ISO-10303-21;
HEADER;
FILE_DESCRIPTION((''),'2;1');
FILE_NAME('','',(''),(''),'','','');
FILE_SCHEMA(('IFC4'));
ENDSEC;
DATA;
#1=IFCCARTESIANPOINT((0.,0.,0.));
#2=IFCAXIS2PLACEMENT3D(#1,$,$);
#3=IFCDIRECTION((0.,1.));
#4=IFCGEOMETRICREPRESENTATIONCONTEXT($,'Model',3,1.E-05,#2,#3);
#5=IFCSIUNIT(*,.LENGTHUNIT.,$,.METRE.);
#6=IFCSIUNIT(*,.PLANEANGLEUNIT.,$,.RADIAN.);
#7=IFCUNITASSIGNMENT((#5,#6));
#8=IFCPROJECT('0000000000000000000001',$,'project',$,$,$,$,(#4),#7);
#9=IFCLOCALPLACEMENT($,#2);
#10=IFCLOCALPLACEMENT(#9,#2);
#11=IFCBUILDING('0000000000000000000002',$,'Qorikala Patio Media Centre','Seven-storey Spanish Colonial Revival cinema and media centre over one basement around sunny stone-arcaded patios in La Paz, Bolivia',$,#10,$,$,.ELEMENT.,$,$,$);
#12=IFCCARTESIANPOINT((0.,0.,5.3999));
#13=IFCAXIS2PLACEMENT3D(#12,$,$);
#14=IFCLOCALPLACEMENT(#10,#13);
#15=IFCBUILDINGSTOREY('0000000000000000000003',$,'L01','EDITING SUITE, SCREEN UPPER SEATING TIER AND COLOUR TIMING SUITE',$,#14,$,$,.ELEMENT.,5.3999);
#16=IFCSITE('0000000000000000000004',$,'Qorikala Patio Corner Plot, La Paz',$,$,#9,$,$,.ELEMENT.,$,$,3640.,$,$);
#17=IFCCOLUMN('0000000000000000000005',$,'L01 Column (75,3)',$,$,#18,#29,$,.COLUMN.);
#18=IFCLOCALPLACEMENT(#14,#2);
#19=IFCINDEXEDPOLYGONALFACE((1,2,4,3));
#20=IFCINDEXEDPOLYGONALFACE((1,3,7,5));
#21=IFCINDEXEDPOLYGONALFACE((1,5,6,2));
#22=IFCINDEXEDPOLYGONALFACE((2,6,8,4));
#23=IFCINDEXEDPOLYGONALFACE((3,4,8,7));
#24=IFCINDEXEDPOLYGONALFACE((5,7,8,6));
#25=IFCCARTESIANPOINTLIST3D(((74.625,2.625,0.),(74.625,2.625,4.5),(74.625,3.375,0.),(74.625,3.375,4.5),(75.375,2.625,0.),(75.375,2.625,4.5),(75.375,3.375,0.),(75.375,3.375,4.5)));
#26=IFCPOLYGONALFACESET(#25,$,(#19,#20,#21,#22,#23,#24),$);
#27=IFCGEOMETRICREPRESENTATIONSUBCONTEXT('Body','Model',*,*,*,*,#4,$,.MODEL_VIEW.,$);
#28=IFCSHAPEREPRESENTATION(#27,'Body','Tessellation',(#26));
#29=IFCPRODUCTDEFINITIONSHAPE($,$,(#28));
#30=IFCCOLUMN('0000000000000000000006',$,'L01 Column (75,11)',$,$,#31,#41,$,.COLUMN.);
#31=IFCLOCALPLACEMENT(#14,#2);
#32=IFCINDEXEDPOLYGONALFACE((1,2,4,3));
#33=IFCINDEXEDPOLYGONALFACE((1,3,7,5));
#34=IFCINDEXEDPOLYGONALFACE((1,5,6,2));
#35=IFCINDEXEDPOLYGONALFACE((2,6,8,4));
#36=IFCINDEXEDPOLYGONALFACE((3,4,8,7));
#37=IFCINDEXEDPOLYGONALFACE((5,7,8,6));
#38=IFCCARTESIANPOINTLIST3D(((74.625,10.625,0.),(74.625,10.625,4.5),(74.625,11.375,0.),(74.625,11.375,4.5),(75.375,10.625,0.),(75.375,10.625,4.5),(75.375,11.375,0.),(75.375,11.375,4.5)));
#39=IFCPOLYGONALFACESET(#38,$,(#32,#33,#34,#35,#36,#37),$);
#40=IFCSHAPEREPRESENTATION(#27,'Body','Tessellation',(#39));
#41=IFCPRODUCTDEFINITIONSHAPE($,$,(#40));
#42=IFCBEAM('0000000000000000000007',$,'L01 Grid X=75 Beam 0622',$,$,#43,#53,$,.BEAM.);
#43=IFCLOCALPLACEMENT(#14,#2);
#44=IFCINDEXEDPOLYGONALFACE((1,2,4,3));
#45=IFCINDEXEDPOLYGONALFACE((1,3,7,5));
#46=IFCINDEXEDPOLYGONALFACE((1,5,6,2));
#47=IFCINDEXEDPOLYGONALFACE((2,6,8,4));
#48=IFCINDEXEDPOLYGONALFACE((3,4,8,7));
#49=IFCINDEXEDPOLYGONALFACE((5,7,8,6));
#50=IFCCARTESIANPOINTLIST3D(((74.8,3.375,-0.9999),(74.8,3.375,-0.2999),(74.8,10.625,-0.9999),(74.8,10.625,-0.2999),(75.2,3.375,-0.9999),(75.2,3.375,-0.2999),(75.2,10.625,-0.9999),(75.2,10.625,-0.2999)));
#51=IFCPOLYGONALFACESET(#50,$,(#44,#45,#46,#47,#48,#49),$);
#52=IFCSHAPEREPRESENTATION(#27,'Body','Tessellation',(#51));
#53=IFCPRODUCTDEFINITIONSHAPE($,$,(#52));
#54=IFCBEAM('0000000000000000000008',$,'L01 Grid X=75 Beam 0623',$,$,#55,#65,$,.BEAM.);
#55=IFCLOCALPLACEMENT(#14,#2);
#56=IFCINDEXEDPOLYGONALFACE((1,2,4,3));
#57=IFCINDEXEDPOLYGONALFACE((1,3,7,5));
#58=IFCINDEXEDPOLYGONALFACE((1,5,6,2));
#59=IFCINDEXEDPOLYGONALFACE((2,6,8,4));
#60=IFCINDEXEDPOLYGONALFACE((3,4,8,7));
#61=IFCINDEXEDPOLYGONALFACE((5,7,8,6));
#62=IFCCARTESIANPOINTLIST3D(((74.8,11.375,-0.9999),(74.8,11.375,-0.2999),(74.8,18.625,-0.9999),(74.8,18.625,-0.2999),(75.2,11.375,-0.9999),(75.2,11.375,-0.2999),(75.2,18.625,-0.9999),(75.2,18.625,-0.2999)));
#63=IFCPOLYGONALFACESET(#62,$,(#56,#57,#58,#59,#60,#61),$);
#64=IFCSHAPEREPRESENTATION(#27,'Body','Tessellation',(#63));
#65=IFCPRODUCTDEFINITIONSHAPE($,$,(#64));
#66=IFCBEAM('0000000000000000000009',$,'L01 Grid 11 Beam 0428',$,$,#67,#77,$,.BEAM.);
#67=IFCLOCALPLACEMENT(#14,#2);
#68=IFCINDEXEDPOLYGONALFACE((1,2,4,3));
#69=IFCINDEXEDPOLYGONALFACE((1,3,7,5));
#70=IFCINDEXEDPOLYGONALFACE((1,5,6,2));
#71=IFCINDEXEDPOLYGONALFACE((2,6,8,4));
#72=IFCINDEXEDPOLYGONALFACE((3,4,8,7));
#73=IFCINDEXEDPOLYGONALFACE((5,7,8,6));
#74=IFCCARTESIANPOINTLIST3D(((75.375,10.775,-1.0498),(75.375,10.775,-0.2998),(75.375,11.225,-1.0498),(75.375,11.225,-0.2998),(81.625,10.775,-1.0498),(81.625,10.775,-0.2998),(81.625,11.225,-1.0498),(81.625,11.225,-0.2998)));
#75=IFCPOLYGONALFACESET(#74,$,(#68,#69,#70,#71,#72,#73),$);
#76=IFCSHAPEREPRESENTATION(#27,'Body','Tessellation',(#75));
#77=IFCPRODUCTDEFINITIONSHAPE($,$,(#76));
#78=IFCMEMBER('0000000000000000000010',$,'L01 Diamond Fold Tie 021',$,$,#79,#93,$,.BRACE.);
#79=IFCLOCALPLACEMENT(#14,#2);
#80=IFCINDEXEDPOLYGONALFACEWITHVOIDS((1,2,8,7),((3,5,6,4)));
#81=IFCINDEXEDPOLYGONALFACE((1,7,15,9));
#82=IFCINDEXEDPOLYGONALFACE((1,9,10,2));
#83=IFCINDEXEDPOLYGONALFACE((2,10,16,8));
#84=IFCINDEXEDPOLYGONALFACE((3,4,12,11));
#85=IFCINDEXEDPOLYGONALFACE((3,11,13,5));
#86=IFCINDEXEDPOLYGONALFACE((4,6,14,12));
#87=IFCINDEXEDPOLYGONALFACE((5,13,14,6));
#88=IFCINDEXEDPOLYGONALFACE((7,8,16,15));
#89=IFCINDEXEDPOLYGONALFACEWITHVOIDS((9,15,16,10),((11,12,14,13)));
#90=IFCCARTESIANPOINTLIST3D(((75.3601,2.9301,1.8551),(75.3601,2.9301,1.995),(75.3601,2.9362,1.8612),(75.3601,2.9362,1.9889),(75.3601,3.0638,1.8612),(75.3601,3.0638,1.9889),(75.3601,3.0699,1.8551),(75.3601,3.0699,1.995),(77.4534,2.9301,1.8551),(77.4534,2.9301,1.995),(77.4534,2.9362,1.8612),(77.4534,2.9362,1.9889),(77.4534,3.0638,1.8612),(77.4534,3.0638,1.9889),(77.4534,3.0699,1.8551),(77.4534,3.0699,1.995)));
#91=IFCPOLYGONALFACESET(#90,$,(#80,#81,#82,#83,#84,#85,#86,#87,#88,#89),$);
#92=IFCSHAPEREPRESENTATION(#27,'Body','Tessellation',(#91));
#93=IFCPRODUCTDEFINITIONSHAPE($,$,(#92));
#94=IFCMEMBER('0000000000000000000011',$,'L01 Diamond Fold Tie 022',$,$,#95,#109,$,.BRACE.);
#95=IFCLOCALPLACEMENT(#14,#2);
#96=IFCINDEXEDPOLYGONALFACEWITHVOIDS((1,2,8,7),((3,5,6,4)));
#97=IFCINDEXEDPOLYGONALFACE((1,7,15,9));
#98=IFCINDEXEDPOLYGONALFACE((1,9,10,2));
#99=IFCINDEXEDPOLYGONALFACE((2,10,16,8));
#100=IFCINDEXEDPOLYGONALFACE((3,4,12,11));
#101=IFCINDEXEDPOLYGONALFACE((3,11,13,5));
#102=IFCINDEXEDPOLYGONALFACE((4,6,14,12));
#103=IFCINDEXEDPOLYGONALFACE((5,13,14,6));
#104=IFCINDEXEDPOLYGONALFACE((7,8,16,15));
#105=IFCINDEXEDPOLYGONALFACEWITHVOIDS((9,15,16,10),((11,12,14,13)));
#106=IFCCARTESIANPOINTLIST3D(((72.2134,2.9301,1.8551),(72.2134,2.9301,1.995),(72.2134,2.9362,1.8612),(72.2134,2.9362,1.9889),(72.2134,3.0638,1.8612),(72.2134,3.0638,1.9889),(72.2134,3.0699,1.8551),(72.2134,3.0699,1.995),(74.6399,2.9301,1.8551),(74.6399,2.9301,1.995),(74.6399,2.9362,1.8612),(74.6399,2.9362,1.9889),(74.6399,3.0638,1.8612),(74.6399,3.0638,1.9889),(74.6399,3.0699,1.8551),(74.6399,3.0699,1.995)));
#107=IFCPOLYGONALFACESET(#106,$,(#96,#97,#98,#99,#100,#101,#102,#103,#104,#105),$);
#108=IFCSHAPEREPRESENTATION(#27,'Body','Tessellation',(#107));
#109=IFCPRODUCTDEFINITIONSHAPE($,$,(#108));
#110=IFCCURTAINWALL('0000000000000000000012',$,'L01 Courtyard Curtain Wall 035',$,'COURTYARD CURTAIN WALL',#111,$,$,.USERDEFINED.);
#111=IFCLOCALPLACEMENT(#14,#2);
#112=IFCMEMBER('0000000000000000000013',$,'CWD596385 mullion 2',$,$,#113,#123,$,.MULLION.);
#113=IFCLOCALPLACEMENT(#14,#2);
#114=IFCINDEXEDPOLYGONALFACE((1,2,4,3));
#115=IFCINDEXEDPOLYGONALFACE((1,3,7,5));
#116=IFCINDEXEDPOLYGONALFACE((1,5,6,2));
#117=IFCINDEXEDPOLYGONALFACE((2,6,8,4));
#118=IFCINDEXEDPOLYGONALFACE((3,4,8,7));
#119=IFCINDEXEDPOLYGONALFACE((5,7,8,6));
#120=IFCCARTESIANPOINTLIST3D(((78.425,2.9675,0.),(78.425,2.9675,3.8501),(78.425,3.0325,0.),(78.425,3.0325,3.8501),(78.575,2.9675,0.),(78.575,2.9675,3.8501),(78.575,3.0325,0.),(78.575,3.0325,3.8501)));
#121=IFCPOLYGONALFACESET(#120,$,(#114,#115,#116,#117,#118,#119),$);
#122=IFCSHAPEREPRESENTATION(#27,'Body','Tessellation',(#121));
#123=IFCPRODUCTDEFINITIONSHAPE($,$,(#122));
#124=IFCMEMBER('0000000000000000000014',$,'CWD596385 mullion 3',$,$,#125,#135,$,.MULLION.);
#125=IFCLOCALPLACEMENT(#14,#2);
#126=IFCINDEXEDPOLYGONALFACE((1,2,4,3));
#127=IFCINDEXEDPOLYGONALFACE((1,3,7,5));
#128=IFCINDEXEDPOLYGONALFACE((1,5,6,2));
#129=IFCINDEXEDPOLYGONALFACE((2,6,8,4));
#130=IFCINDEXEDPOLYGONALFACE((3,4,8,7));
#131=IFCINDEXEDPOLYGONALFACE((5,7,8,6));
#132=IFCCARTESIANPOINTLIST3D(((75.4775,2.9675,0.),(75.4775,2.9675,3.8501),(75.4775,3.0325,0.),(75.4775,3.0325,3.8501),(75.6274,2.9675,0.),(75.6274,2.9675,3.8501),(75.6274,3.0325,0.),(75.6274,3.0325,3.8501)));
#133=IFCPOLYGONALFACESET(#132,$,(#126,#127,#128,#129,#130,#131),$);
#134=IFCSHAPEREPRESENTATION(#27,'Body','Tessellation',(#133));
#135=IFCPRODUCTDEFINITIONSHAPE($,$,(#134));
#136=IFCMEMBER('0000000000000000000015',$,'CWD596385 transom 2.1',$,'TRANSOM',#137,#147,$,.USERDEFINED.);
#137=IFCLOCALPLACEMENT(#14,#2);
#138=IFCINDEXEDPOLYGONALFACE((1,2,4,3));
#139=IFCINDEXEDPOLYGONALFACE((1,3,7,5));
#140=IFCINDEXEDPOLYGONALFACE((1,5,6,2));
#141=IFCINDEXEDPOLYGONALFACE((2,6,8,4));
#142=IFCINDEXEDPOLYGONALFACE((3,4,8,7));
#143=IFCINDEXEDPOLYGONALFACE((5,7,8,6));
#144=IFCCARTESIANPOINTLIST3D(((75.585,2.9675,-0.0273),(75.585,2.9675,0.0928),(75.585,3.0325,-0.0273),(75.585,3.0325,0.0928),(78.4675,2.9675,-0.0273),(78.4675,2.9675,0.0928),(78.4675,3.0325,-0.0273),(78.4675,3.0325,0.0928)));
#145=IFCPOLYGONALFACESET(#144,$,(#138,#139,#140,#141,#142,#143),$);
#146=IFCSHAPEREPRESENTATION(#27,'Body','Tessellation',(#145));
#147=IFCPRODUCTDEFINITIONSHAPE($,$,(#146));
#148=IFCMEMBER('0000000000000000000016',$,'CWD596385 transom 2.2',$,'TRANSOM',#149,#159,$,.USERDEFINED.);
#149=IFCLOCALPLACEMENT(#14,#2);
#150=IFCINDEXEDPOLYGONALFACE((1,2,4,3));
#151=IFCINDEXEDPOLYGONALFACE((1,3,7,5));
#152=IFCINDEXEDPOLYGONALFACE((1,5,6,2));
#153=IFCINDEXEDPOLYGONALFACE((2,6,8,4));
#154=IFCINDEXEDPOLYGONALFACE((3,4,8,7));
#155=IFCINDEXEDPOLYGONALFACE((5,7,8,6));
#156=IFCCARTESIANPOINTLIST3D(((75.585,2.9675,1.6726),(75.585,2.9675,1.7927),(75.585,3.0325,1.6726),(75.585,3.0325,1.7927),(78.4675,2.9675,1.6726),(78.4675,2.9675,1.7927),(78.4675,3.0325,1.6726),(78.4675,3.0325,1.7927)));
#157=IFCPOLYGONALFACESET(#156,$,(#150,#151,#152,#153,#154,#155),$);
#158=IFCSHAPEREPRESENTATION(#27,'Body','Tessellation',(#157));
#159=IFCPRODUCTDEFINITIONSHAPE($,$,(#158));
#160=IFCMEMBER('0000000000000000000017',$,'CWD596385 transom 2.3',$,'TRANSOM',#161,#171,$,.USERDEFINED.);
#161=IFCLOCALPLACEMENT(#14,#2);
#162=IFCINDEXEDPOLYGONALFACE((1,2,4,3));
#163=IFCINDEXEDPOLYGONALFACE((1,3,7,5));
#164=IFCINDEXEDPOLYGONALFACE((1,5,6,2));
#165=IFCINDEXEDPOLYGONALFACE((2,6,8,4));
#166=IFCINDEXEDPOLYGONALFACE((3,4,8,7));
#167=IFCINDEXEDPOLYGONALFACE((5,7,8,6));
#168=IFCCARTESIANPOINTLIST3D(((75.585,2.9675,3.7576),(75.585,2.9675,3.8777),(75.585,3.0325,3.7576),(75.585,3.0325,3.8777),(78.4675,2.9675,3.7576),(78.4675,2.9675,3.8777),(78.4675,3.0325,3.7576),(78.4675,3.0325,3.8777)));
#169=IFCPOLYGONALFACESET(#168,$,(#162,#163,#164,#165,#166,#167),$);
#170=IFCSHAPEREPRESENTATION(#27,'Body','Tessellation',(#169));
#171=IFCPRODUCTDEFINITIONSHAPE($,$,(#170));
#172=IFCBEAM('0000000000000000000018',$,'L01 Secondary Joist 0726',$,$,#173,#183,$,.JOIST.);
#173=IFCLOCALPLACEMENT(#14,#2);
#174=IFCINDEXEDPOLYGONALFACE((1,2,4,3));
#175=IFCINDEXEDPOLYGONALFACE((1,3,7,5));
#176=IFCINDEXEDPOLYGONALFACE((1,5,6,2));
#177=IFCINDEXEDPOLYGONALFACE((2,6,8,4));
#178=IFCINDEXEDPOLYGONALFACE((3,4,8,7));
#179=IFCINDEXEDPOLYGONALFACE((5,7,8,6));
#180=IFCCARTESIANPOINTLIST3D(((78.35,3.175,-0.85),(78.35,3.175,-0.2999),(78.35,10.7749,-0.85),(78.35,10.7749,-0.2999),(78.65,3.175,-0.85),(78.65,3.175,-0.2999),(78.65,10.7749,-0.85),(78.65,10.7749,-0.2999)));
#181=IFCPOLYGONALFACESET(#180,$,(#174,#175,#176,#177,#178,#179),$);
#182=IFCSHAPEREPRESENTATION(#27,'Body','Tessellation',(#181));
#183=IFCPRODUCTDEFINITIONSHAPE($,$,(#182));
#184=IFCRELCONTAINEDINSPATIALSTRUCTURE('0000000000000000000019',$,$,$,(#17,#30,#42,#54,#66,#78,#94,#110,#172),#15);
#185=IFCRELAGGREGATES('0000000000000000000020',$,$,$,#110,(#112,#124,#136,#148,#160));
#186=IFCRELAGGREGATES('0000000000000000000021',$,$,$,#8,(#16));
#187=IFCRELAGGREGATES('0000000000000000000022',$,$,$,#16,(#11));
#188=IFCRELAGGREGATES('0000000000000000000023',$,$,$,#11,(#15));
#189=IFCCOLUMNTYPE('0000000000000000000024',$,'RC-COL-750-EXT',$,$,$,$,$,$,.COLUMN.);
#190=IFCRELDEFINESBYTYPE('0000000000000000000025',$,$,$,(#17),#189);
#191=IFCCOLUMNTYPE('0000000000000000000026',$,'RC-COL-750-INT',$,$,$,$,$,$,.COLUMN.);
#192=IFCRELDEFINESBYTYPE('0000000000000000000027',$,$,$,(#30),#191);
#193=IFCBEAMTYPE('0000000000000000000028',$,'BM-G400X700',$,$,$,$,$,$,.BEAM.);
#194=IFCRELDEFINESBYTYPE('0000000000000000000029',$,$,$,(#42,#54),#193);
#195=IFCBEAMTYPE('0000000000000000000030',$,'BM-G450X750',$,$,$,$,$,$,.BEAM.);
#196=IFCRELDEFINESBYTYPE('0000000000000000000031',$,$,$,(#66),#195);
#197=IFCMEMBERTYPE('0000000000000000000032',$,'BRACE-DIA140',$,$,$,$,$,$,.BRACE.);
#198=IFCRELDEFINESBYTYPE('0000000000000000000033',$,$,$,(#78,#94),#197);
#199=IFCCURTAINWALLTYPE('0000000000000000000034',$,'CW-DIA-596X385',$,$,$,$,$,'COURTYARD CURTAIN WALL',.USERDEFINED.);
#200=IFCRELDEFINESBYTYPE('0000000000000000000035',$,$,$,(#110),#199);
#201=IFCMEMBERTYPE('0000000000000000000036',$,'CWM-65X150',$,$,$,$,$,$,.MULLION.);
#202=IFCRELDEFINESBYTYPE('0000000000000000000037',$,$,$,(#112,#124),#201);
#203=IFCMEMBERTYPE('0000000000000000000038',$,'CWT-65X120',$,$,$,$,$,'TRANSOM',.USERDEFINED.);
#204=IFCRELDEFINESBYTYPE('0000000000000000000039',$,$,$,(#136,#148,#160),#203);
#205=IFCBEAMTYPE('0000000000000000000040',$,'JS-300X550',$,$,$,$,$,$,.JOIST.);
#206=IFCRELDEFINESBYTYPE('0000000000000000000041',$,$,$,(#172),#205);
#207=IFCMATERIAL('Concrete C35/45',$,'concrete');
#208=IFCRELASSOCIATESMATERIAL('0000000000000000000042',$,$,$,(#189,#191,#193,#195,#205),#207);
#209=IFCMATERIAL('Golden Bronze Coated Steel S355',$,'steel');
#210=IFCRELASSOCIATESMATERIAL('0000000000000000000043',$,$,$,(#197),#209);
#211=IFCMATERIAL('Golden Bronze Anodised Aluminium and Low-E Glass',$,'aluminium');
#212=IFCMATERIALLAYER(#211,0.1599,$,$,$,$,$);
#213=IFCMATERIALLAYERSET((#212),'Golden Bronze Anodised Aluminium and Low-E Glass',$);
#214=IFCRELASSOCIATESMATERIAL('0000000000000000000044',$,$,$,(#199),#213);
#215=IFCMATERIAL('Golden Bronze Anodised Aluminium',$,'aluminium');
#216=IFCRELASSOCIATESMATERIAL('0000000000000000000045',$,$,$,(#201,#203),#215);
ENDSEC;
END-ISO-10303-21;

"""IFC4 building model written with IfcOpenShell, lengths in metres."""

from ifc_helpers import new_model, si_unit, direction, frame, origin, origin_2d, place, context, subcontext, project, spatial, rectangle, hollow_rectangle, extrude, material, layer, layer_set, material_profile, profile_set, type_object, element, aggregate, save


model = new_model("IFC4")

# Units and contexts
model_context = context("Model", 3, precision=1e-05, world=origin(), true_north=direction((0.0, 1.0)))
body_context = subcontext(model_context, "Body", "Model", "MODEL_VIEW")
ifc_project = project(units=[si_unit("LENGTHUNIT", "METRE"), si_unit("PLANEANGLEUNIT", "RADIAN")], contexts=[model_context])

# Site, building, storey
site_placement = place(None, origin())
site = spatial("IfcSite", under=ifc_project, at=site_placement, Name="Qorikala Patio Corner Plot, La Paz", CompositionType="ELEMENT", RefElevation=3640.0)
building_placement = place(site_placement, origin())
building = spatial("IfcBuilding", under=site, at=building_placement, Name="Qorikala Patio Media Centre", Description="Seven-storey Spanish Colonial Revival cinema and media centre over one basement around sunny stone-arcaded patios in La Paz, Bolivia", CompositionType="ELEMENT")
storey_placement = place(building_placement, frame((0.0, 0.0, 5.3999)))
storey = spatial("IfcBuildingStorey", under=building, at=storey_placement, Name="L01", Description="EDITING SUITE, SCREEN UPPER SEATING TIER AND COLOUR TIMING SUITE", CompositionType="ELEMENT", Elevation=5.3999)

# Columns
ifc_material_1 = material(Name="Concrete C35/45", Category="concrete")
ifc_material_profile_1 = material_profile(ifc_material_1, rectangle(XDim=0.75, YDim=0.75, at=origin_2d()), Name="RC 750x750")
ifc_profile_set_1 = profile_set([ifc_material_profile_1], Name="Concrete C35/45")
column_type_1 = type_object("IfcColumnType", Name="RC-COL-750-EXT", PredefinedType="COLUMN", material=ifc_profile_set_1)
column_1_placement = place(storey_placement, frame((75.0, 3.0, 0.0), z_axis=(0.0, 0.0, 1.0), x_axis=(1.0, 0.0, 0.0)))
element("IfcColumn", 1, at=column_1_placement, inside=storey, type_object=column_type_1, Name="L01 Column (75,3)", PredefinedType="COLUMN", context=body_context, shape_type="SweptSolid", body=[
    extrude(rectangle(XDim=0.75, YDim=0.75, at=origin_2d()), origin(), (0.0, 0.0, 1.0), 4.5),
])
ifc_material_profile_2 = material_profile(ifc_material_1, rectangle(XDim=0.75, YDim=0.75, at=origin_2d()), Name="RC 750x750")
ifc_profile_set_2 = profile_set([ifc_material_profile_2], Name="Concrete C35/45")
column_type_2 = type_object("IfcColumnType", Name="RC-COL-750-INT", PredefinedType="COLUMN", material=ifc_profile_set_2)
column_2_placement = place(storey_placement, frame((75.0, 11.0, 0.0), z_axis=(0.0, 0.0, 1.0), x_axis=(1.0, 0.0, 0.0)))
element("IfcColumn", 2, at=column_2_placement, inside=storey, type_object=column_type_2, Name="L01 Column (75,11)", PredefinedType="COLUMN", context=body_context, shape_type="SweptSolid", body=[
    extrude(rectangle(XDim=0.75, YDim=0.75, at=origin_2d()), origin(), (0.0, 0.0, 1.0), 4.5),
])

# Beams
ifc_material_profile_3 = material_profile(ifc_material_1, rectangle(XDim=0.3999, YDim=0.7, at=origin_2d()), Name="RC 400x700")
ifc_profile_set_3 = profile_set([ifc_material_profile_3], Name="Concrete C35/45")
beam_type_1 = type_object("IfcBeamType", Name="BM-G400X700", PredefinedType="BEAM", material=ifc_profile_set_3)
for number, where, z_axis, x_axis, name in (
    (3, (75.0, 3.375, -0.6499), (0.0, 1.0, 0.0), (-1.0, 0.0, 0.0), "L01 Grid X=75 Beam 0622"),
    (4, (75.0, 11.375, -0.6499), (0.0, 1.0, 0.0), (-1.0, 0.0, 0.0), "L01 Grid X=75 Beam 0623"),
):
    element("IfcBeam", number, at=place(storey_placement, frame(where, z_axis=z_axis, x_axis=x_axis)), inside=storey, type_object=beam_type_1, Name=name, PredefinedType="BEAM", context=body_context, shape_type="SweptSolid", body=[
        extrude(rectangle(XDim=0.3999, YDim=0.7, at=origin_2d()), origin(), (0.0, 0.0, 1.0), 7.25),
    ])
ifc_material_profile_4 = material_profile(ifc_material_1, rectangle(XDim=0.45, YDim=0.75, at=origin_2d()), Name="RC 450x750")
ifc_profile_set_4 = profile_set([ifc_material_profile_4], Name="Concrete C35/45")
beam_type_2 = type_object("IfcBeamType", Name="BM-G450X750", PredefinedType="BEAM", material=ifc_profile_set_4)
beam_1_placement = place(storey_placement, frame((75.375, 11.0, -0.6748), z_axis=(1.0, 0.0, 0.0), x_axis=(0.0, 1.0, 0.0)))
element("IfcBeam", 5, at=beam_1_placement, inside=storey, type_object=beam_type_2, Name="L01 Grid 11 Beam 0428", PredefinedType="BEAM", context=body_context, shape_type="SweptSolid", body=[
    extrude(rectangle(XDim=0.45, YDim=0.75, at=origin_2d()), origin(), (0.0, 0.0, 1.0), 6.25),
])

# Members
ifc_material_2 = material(Name="Golden Bronze Coated Steel S355", Category="steel")
ifc_material_profile_5 = material_profile(ifc_material_2, hollow_rectangle(XDim=0.1399, YDim=0.1399, WallThickness=0.0061, at=origin_2d()), Name="HSS140X140X6")
ifc_profile_set_5 = profile_set([ifc_material_profile_5], Name="Golden Bronze Coated Steel S355")
member_type_1 = type_object("IfcMemberType", Name="BRACE-DIA140", PredefinedType="BRACE", material=ifc_profile_set_5)
member_1_placement = place(storey_placement, frame((77.4534, 3.0, 1.925), z_axis=(-1.0, 0.0, 0.0), x_axis=(0.0, -1.0, 0.0)))
element("IfcMember", 6, at=member_1_placement, inside=storey, type_object=member_type_1, Name="L01 Diamond Fold Tie 021", PredefinedType="BRACE", context=body_context, shape_type="SweptSolid", body=[
    extrude(hollow_rectangle(XDim=0.1399, YDim=0.1399, WallThickness=0.0061, at=origin_2d()), origin(), (0.0, 0.0, 1.0), 2.0933),
])
member_2_placement = place(storey_placement, frame((74.6399, 3.0, 1.925), z_axis=(-1.0, 0.0, 0.0), x_axis=(0.0, -1.0, 0.0)))
element("IfcMember", 7, at=member_2_placement, inside=storey, type_object=member_type_1, Name="L01 Diamond Fold Tie 022", PredefinedType="BRACE", context=body_context, shape_type="SweptSolid", body=[
    extrude(hollow_rectangle(XDim=0.1399, YDim=0.1399, WallThickness=0.0061, at=origin_2d()), origin(), (0.0, 0.0, 1.0), 2.4265),
])

# Curtain wall, members
ifc_material_3 = material(Name="Golden Bronze Anodised Aluminium and Low-E Glass", Category="aluminium")
ifc_layer_1 = layer(ifc_material_3, 0.1599)
ifc_layer_set_1 = layer_set([ifc_layer_1], Name="Golden Bronze Anodised Aluminium and Low-E Glass")
curtain_wall_type = type_object("IfcCurtainWallType", Name="CW-DIA-596X385", ElementType="COURTYARD CURTAIN WALL", PredefinedType="USERDEFINED", material=ifc_layer_set_1)
curtain_wall_placement = place(storey_placement, origin())
curtain_wall = element("IfcCurtainWall", 8, at=curtain_wall_placement, inside=storey, type_object=curtain_wall_type, Name="L01 Courtyard Curtain Wall 035", ObjectType="COURTYARD CURTAIN WALL", PredefinedType="USERDEFINED")
ifc_material_4 = material(Name="Golden Bronze Anodised Aluminium", Category="aluminium")
ifc_material_profile_6 = material_profile(ifc_material_4, rectangle(XDim=0.0649, YDim=0.1499, at=origin_2d()), Name="ALU MULLION 65x150")
ifc_profile_set_6 = profile_set([ifc_material_profile_6], Name="Golden Bronze Anodised Aluminium")
member_type_2 = type_object("IfcMemberType", Name="CWM-65X150", PredefinedType="MULLION", material=ifc_profile_set_6)
member_3_placement = place(storey_placement, frame((78.5, 3.0, 0.0), z_axis=(0.0, 0.0, 1.0), x_axis=(0.0, -1.0, 0.0)))
member_3 = element("IfcMember", 9, at=member_3_placement, type_object=member_type_2, Name="CWD596385 mullion 2", PredefinedType="MULLION", context=body_context, shape_type="SweptSolid", body=[
    extrude(rectangle(XDim=0.0649, YDim=0.1499, at=origin_2d()), origin(), (0.0, 0.0, 1.0), 3.8501),
])
member_4_placement = place(storey_placement, frame((75.5525, 3.0, 0.0), z_axis=(0.0, 0.0, 1.0), x_axis=(0.0, -1.0, 0.0)))
member_4 = element("IfcMember", 10, at=member_4_placement, type_object=member_type_2, Name="CWD596385 mullion 3", PredefinedType="MULLION", context=body_context, shape_type="SweptSolid", body=[
    extrude(rectangle(XDim=0.0649, YDim=0.1499, at=origin_2d()), origin(), (0.0, 0.0, 1.0), 3.8501),
])
ifc_material_profile_7 = material_profile(ifc_material_4, rectangle(XDim=0.0649, YDim=0.1201, at=origin_2d()), Name="ALU TRANSOM 65x120")
ifc_profile_set_7 = profile_set([ifc_material_profile_7], Name="Golden Bronze Anodised Aluminium")
member_type_3 = type_object("IfcMemberType", Name="CWT-65X120", ElementType="TRANSOM", PredefinedType="USERDEFINED", material=ifc_profile_set_7)
member_5_placement = place(storey_placement, frame((78.4675, 3.0, 0.0327), z_axis=(-1.0, 0.0, 0.0), x_axis=(0.0, -1.0, 0.0)))
member_5 = element("IfcMember", 11, at=member_5_placement, type_object=member_type_3, Name="CWD596385 transom 2.1", ObjectType="TRANSOM", PredefinedType="USERDEFINED", context=body_context, shape_type="SweptSolid", body=[
    extrude(rectangle(XDim=0.0649, YDim=0.1201, at=origin_2d()), origin(), (0.0, 0.0, 1.0), 2.8826),
])
member_6_placement = place(storey_placement, frame((78.4675, 3.0, 1.7327), z_axis=(-1.0, 0.0, 0.0), x_axis=(0.0, -1.0, 0.0)))
member_6 = element("IfcMember", 12, at=member_6_placement, type_object=member_type_3, Name="CWD596385 transom 2.2", ObjectType="TRANSOM", PredefinedType="USERDEFINED", context=body_context, shape_type="SweptSolid", body=[
    extrude(rectangle(XDim=0.0649, YDim=0.1201, at=origin_2d()), origin(), (0.0, 0.0, 1.0), 2.8826),
])
member_7_placement = place(storey_placement, frame((78.4675, 3.0, 3.8176), z_axis=(-1.0, 0.0, 0.0), x_axis=(0.0, -1.0, 0.0)))
member_7 = element("IfcMember", 13, at=member_7_placement, type_object=member_type_3, Name="CWD596385 transom 2.3", ObjectType="TRANSOM", PredefinedType="USERDEFINED", context=body_context, shape_type="SweptSolid", body=[
    extrude(rectangle(XDim=0.0649, YDim=0.1201, at=origin_2d()), origin(), (0.0, 0.0, 1.0), 2.8826),
])

# Beam
ifc_material_profile_8 = material_profile(ifc_material_1, rectangle(XDim=0.3, YDim=0.55, at=origin_2d()), Name="RC 300x550")
ifc_profile_set_8 = profile_set([ifc_material_profile_8], Name="Concrete C35/45")
beam_type_3 = type_object("IfcBeamType", Name="JS-300X550", PredefinedType="JOIST", material=ifc_profile_set_8)
beam_2_placement = place(storey_placement, frame((78.5, 3.175, -0.575), z_axis=(0.0, 1.0, 0.0), x_axis=(-1.0, 0.0, 0.0)))
element("IfcBeam", 14, at=beam_2_placement, inside=storey, type_object=beam_type_3, Name="L01 Secondary Joist 0726", PredefinedType="JOIST", context=body_context, shape_type="SweptSolid", body=[
    extrude(rectangle(XDim=0.3, YDim=0.55, at=origin_2d()), origin(), (0.0, 0.0, 1.0), 7.5999),
])

aggregate(curtain_wall, [member_3, member_4, member_5, member_6, member_7])

save(model, "model.ifc")
